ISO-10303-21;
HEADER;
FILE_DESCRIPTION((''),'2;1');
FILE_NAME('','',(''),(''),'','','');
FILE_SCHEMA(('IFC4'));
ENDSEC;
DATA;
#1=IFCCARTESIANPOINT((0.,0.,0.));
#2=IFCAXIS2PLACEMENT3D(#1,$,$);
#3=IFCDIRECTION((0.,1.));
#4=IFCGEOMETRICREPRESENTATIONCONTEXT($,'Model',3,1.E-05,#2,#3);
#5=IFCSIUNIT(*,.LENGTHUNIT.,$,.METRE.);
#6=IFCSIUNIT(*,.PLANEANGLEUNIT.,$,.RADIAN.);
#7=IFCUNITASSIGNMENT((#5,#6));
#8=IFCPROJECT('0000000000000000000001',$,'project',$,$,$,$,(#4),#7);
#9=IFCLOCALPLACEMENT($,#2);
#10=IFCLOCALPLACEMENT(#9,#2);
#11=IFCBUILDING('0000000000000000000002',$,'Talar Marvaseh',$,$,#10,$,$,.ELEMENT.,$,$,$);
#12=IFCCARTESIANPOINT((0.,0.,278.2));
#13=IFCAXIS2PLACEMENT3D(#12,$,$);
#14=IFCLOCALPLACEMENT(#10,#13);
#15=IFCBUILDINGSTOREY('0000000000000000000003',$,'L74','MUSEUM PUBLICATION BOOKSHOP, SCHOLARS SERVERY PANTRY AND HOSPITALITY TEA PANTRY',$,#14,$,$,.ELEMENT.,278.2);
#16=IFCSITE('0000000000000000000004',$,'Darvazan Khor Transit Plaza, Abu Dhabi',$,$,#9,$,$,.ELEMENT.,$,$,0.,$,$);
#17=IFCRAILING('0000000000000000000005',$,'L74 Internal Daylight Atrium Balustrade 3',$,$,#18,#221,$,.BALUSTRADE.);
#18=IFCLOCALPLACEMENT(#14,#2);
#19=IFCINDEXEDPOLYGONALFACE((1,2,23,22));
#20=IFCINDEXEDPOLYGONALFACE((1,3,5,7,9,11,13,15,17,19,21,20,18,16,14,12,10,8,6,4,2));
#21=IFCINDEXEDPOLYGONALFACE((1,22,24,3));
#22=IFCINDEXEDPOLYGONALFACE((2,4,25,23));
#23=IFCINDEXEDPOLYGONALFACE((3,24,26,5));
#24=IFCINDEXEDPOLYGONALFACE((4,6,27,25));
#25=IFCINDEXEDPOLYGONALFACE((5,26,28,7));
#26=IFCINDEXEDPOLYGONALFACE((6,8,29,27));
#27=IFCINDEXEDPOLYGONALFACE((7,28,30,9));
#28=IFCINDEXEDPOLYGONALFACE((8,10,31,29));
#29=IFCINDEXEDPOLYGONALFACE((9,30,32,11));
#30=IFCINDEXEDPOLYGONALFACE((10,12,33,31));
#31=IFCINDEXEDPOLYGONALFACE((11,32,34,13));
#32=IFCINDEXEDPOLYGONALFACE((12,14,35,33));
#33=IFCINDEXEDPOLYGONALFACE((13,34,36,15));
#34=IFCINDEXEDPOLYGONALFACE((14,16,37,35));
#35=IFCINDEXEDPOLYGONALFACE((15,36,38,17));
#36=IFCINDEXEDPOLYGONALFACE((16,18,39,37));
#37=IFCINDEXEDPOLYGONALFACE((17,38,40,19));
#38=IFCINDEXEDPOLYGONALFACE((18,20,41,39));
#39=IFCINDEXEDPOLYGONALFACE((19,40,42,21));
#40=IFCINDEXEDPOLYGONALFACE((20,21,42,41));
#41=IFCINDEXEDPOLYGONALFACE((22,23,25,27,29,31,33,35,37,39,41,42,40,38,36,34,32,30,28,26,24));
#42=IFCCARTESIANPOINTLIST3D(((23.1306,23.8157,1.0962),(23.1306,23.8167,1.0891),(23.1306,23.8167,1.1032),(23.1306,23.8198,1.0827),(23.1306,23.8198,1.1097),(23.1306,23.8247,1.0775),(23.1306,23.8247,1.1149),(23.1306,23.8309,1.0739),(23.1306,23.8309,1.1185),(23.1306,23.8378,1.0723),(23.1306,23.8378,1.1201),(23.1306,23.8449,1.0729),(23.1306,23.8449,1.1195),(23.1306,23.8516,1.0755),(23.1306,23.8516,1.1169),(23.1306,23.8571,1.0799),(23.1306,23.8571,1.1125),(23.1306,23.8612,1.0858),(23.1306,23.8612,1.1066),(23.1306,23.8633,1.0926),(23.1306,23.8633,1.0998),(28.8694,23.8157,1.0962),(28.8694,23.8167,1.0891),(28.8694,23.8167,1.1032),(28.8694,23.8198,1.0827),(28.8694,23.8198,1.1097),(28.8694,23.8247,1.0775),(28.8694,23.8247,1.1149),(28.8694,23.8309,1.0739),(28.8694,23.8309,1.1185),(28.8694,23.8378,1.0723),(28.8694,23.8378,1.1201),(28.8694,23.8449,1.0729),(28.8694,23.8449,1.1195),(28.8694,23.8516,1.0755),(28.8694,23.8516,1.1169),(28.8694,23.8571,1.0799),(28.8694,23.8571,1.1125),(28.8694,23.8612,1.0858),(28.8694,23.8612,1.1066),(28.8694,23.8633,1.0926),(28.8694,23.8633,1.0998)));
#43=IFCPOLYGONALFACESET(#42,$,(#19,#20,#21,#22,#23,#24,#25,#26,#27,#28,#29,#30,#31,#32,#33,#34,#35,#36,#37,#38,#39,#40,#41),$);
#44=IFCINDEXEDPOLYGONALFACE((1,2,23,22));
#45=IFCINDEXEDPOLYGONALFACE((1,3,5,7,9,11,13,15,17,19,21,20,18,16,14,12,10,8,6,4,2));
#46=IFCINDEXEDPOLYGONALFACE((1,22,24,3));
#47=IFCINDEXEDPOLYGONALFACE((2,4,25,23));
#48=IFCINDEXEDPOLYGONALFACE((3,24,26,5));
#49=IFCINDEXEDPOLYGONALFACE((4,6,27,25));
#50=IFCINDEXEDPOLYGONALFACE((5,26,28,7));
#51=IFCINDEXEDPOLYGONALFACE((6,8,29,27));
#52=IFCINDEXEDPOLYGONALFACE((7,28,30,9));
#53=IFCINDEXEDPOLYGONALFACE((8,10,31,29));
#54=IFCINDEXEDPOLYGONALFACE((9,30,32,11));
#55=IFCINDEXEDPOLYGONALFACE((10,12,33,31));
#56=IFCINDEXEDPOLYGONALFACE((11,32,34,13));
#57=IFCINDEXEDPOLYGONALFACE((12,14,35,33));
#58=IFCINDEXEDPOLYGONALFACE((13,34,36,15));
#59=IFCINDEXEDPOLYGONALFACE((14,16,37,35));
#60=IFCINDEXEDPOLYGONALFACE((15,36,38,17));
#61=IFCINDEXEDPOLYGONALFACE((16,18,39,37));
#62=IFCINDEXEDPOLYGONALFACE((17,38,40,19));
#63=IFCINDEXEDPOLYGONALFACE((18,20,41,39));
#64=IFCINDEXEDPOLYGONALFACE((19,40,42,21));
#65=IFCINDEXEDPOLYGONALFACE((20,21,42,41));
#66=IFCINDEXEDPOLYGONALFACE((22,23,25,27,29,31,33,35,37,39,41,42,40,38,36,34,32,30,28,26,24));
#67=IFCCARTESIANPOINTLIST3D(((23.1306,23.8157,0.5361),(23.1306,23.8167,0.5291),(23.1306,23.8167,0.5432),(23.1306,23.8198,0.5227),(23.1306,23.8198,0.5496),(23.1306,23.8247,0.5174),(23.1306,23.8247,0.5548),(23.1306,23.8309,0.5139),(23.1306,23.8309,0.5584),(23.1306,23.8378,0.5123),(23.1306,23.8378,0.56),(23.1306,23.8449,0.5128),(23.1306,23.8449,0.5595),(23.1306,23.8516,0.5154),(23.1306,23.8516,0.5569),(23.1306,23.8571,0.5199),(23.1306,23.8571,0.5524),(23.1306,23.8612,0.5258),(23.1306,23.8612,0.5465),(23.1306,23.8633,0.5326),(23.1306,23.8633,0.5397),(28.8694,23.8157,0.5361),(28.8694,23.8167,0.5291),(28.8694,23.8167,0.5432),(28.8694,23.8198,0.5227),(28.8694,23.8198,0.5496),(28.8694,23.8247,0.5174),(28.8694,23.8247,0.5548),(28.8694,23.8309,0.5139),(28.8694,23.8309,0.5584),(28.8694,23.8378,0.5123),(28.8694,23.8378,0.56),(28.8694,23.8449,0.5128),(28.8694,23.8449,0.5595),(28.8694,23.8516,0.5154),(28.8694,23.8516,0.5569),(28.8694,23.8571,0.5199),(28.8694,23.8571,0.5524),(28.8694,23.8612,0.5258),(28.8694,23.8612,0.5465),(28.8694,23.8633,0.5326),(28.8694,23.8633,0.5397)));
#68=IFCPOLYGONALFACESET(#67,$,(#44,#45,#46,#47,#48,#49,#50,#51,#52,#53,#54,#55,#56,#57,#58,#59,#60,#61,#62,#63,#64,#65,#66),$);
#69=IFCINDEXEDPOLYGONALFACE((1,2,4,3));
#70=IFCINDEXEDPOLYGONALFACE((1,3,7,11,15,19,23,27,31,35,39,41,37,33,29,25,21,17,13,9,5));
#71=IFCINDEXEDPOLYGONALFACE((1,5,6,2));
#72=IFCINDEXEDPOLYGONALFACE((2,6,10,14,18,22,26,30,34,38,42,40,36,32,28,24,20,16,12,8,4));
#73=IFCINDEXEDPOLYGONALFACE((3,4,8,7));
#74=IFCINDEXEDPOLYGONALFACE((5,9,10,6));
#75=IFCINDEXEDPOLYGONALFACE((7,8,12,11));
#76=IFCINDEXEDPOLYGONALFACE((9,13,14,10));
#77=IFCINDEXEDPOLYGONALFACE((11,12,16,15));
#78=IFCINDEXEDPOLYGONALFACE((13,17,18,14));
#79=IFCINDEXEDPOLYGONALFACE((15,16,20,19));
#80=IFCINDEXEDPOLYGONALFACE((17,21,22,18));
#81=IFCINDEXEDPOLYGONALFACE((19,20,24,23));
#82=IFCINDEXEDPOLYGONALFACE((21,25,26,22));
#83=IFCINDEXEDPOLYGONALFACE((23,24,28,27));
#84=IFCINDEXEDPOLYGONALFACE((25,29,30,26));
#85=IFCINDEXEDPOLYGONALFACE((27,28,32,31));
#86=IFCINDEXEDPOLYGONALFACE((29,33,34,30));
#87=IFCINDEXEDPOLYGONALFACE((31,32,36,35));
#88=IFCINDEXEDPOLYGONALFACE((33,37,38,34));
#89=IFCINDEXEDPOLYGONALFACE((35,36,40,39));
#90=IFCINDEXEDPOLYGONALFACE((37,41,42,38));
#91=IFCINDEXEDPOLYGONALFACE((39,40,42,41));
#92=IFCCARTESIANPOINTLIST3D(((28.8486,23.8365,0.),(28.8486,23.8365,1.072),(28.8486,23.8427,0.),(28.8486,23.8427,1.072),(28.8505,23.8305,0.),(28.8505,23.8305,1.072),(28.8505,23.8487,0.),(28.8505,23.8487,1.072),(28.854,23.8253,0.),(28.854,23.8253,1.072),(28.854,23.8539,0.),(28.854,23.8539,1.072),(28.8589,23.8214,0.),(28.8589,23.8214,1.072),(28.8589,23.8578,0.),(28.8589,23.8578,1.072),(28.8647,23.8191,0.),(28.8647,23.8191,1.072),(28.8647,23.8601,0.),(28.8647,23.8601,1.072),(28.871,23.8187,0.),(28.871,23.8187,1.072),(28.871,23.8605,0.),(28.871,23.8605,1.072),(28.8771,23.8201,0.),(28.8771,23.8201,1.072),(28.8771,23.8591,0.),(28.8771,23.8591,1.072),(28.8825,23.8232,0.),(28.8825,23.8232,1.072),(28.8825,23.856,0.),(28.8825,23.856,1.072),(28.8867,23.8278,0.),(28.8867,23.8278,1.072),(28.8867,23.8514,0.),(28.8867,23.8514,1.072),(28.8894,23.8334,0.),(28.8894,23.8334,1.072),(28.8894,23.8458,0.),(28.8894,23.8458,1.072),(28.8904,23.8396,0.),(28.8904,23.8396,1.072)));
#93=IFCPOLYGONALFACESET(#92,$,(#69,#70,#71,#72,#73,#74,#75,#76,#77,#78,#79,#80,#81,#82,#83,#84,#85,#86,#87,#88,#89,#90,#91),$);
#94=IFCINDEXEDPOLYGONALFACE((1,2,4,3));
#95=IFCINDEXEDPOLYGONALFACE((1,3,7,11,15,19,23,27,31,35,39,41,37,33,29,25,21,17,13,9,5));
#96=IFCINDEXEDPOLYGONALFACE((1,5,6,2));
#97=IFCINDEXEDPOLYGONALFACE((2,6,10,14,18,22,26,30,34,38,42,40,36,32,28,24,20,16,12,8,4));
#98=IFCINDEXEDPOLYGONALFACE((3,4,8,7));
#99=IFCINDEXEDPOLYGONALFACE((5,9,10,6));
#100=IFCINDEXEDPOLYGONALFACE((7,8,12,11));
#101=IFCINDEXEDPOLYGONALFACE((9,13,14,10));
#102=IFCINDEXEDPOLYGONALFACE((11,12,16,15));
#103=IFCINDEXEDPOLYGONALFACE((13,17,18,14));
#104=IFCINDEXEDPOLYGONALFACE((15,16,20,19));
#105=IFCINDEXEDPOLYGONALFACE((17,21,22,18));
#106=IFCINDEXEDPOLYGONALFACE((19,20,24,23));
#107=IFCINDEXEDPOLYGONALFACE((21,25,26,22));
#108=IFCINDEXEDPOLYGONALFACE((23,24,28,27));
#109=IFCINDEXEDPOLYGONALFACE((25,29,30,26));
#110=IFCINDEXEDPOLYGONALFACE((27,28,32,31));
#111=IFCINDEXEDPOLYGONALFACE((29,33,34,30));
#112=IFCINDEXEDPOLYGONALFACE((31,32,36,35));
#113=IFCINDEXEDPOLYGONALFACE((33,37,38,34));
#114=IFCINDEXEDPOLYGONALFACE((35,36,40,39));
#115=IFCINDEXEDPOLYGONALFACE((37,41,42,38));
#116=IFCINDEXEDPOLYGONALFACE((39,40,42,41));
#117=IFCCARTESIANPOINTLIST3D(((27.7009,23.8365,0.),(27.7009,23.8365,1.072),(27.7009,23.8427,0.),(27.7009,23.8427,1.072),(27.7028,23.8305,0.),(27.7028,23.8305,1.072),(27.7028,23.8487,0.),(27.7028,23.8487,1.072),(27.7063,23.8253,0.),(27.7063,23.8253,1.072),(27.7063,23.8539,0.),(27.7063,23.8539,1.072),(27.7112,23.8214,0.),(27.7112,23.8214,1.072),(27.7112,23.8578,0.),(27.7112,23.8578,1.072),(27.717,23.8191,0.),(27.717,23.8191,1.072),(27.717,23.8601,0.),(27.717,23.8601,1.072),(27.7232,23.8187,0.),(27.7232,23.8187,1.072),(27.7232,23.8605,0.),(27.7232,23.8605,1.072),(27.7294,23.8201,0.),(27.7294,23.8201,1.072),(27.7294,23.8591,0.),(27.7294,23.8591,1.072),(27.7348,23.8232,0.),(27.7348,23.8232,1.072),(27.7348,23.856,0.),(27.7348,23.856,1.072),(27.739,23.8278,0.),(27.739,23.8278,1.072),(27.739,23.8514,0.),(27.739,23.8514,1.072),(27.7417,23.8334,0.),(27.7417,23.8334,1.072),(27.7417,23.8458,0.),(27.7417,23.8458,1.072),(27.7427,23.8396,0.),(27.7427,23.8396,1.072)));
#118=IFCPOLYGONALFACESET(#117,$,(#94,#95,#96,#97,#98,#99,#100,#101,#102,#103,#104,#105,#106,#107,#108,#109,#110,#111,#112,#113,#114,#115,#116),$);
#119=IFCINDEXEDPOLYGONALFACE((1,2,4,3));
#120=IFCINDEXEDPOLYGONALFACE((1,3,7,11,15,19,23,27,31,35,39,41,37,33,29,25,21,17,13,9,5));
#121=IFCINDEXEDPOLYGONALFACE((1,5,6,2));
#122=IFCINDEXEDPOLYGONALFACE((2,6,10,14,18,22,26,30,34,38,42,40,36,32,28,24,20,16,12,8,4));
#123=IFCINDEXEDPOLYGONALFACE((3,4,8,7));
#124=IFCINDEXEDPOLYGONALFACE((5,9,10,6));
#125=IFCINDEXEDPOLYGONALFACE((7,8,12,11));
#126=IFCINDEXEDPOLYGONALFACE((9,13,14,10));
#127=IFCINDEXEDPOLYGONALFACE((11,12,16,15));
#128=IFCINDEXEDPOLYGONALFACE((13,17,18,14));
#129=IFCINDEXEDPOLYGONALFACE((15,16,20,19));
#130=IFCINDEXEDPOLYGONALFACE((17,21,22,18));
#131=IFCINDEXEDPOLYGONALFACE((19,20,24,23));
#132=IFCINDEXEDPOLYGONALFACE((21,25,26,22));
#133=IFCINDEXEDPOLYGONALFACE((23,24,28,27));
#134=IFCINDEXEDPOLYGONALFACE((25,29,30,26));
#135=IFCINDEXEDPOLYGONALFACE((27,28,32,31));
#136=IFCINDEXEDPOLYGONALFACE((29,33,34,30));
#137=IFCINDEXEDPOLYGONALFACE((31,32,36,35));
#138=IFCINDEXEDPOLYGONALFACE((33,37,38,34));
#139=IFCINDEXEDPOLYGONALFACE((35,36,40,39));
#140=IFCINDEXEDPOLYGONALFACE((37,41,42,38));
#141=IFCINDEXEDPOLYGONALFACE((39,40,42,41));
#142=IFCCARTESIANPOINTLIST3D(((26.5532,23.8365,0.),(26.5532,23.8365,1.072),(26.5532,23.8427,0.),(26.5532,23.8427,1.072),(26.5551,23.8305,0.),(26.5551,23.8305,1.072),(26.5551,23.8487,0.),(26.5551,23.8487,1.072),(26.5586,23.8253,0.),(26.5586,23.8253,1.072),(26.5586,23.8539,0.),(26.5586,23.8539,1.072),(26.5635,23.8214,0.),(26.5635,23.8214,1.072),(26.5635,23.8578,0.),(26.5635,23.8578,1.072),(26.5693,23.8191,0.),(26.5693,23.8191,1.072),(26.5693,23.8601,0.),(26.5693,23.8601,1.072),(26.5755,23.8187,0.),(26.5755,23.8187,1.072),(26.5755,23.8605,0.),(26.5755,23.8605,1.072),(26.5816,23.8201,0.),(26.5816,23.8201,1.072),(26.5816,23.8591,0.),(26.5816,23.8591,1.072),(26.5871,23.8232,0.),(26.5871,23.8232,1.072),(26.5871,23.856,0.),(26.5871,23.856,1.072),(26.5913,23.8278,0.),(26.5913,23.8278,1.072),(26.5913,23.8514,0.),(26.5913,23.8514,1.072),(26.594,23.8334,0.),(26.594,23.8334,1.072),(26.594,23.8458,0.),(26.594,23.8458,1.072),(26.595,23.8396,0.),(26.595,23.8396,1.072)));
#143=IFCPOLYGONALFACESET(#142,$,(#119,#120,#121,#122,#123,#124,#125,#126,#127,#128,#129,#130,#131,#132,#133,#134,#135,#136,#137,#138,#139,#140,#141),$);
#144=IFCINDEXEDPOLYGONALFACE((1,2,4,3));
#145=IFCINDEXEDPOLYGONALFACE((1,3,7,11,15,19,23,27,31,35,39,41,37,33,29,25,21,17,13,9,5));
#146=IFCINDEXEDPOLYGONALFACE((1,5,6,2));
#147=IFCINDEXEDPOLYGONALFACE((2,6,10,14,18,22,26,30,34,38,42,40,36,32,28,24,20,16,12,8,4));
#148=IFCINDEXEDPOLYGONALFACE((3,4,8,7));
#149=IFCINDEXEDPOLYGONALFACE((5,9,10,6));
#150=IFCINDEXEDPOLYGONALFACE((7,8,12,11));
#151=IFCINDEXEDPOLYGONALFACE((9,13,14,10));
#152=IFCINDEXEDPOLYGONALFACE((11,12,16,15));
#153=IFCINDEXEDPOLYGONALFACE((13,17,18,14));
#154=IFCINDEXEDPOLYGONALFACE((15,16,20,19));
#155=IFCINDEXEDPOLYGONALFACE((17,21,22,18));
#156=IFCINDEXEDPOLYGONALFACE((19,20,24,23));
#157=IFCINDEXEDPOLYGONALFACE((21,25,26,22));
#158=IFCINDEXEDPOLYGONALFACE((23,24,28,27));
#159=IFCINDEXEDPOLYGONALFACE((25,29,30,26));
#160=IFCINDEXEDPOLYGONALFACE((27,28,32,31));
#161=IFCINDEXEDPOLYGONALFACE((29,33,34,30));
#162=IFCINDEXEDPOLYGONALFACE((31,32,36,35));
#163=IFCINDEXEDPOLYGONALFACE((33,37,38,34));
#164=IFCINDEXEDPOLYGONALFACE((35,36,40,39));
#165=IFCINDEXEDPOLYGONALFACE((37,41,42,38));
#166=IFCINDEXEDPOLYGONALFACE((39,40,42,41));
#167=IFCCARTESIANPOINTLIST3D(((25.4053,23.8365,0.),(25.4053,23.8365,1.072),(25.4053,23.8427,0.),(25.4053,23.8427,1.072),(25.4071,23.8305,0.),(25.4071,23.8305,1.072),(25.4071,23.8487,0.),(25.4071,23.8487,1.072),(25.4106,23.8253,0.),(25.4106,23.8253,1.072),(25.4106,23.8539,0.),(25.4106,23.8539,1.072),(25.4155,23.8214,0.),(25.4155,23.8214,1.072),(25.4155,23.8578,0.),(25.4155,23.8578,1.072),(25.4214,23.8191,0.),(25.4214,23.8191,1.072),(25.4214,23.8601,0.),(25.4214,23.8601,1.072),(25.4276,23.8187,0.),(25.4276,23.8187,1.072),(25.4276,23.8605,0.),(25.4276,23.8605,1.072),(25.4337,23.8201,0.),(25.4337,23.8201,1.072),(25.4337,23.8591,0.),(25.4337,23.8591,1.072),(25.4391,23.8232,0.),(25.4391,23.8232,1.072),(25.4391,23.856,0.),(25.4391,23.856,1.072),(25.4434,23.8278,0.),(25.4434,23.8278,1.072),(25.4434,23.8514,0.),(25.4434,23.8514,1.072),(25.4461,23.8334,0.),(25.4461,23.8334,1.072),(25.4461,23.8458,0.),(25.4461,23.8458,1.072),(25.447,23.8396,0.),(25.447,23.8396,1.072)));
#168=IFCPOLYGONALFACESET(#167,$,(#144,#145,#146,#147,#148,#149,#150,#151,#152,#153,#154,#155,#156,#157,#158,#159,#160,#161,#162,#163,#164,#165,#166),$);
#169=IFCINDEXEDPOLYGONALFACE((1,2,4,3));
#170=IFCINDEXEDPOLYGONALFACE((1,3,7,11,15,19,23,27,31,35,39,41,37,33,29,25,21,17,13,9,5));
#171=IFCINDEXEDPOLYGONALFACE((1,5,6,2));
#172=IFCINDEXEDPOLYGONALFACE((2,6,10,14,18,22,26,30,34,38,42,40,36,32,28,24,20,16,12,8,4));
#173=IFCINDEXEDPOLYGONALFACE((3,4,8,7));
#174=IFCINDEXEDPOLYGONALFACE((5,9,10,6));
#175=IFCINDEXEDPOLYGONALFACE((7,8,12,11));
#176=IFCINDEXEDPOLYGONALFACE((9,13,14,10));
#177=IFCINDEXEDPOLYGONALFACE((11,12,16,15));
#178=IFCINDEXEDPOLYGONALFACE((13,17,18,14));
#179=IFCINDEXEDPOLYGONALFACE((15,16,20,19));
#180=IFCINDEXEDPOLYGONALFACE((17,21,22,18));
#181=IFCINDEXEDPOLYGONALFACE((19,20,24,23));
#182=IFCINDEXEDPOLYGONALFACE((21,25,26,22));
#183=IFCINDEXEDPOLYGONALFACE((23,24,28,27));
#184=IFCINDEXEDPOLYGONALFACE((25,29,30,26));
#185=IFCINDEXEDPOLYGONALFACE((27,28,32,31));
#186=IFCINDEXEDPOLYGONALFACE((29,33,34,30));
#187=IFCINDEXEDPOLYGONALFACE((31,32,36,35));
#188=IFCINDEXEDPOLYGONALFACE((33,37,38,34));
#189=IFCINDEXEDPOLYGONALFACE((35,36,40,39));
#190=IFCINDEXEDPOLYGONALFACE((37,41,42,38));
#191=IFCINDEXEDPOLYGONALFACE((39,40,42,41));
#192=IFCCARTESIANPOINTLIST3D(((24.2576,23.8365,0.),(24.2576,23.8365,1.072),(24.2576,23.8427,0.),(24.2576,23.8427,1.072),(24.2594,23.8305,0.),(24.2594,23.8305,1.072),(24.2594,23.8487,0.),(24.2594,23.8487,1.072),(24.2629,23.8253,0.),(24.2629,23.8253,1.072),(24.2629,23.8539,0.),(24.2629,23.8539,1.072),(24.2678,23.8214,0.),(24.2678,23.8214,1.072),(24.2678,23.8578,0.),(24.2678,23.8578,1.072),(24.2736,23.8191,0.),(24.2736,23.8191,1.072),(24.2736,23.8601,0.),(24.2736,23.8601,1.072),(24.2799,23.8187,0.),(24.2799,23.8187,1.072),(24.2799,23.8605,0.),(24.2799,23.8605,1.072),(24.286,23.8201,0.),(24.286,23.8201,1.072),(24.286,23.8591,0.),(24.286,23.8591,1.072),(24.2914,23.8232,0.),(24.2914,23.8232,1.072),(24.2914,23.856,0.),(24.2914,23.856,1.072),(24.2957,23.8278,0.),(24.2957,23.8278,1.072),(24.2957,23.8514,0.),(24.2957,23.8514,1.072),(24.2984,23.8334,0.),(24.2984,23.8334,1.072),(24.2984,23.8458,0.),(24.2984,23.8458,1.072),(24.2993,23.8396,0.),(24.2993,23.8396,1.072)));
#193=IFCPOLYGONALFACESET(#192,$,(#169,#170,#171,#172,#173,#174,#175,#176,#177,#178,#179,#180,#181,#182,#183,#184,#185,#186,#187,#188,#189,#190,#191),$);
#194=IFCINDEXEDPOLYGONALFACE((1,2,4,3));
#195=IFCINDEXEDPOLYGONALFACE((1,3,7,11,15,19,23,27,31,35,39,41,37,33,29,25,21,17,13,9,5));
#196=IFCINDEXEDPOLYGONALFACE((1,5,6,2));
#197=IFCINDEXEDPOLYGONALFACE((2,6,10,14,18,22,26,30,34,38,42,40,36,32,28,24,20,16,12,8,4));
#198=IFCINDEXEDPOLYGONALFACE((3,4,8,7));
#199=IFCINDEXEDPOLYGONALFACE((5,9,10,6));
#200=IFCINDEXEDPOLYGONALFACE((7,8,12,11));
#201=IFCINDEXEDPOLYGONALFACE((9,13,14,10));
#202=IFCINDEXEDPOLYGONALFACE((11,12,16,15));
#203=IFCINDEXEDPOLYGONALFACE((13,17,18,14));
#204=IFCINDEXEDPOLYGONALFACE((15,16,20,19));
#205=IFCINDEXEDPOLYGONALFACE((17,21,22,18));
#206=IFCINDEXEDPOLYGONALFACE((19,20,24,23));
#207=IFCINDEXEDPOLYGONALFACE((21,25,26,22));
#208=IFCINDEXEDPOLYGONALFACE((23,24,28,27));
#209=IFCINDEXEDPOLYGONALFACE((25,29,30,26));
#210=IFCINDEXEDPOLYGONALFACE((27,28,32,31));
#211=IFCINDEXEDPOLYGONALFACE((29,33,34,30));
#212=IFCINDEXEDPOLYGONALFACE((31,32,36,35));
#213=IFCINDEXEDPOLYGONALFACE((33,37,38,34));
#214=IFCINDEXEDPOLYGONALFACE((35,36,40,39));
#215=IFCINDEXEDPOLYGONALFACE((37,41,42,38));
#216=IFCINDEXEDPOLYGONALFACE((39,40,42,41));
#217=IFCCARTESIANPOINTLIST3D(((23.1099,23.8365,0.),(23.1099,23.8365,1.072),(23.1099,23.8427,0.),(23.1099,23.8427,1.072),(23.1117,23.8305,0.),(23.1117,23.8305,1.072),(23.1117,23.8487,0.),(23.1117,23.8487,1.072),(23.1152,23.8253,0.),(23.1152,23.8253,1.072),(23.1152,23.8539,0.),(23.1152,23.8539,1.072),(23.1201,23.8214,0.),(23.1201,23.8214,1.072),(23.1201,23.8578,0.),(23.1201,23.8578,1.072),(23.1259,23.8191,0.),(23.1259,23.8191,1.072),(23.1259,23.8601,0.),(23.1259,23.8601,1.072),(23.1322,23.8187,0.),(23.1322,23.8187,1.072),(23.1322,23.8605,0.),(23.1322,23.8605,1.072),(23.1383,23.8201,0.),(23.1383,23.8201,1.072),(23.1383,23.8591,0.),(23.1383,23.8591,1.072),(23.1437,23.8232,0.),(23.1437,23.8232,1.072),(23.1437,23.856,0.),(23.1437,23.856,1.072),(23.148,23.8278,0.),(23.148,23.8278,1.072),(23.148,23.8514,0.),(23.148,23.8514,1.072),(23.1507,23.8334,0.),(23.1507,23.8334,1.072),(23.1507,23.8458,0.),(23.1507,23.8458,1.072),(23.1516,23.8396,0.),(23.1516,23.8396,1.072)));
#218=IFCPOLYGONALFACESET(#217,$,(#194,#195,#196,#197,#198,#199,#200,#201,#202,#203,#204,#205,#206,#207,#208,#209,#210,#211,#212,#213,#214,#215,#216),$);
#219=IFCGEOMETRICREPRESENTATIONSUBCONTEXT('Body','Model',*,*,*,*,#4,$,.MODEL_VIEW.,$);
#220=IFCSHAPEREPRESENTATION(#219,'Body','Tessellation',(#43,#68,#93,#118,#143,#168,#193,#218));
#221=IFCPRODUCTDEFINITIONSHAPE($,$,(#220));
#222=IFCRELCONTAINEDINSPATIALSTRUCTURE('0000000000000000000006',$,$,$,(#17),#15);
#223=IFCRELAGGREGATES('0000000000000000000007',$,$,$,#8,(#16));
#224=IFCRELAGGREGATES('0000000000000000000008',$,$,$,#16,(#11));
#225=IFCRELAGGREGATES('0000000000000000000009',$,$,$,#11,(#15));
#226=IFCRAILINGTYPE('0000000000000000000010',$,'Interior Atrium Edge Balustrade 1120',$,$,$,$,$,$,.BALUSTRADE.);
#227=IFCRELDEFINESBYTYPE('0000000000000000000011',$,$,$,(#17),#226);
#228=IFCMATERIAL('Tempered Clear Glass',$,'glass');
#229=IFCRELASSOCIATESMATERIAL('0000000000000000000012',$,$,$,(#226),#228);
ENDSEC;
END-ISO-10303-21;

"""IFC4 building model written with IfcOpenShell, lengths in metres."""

from ifc_helpers import new_model, si_unit, direction, frame, origin, origin_2d, place, context, subcontext, project, spatial, circle, extrude, material, type_object, element, save


model = new_model("IFC4")

# Units and contexts
model_context = context("Model", 3, precision=1e-05, world=origin(), true_north=direction((0.0, 1.0)))
body_context = subcontext(model_context, "Body", "Model", "MODEL_VIEW")
ifc_project = project(units=[si_unit("LENGTHUNIT", "METRE"), si_unit("PLANEANGLEUNIT", "RADIAN")], contexts=[model_context])

# Site, building, storey
site_placement = place(None, origin())
site = spatial("IfcSite", under=ifc_project, at=site_placement, Name="Darvazan Khor Transit Plaza, Abu Dhabi", CompositionType="ELEMENT", RefElevation=0.0)
building_placement = place(site_placement, origin())
building = spatial("IfcBuilding", under=site, at=building_placement, Name="Talar Marvaseh", CompositionType="ELEMENT")
storey_placement = place(building_placement, frame((0.0, 0.0, 278.2)))
storey = spatial("IfcBuildingStorey", under=building, at=storey_placement, Name="L74", Description="MUSEUM PUBLICATION BOOKSHOP, SCHOLARS SERVERY PANTRY AND HOSPITALITY TEA PANTRY", CompositionType="ELEMENT", Elevation=278.2)

# Railing
ifc_material_1 = material(Name="Tempered Clear Glass", Category="glass")
railing_type = type_object("IfcRailingType", Name="Interior Atrium Edge Balustrade 1120", PredefinedType="BALUSTRADE", material=ifc_material_1)
railing_1_placement = place(storey_placement, frame((28.8694, 23.8396, 0.0)))
element("IfcRailing", 1, at=railing_1_placement, inside=storey, type_object=railing_type, Name="L74 Internal Daylight Atrium Balustrade 3", PredefinedType="BALUSTRADE", context=body_context, shape_type="SweptSolid", body=[
    extrude(circle(Radius=0.0239, at=origin_2d()), frame((0.0, 0.0, 1.0962), z_axis=(-1.0, 0.0, 0.0), x_axis=(0.0, -1.0, 0.0)), (0.0, 0.0, 1.0), 5.7388),
    extrude(circle(Radius=0.0239, at=origin_2d()), frame((0.0, 0.0, 0.5361), z_axis=(-1.0, 0.0, 0.0), x_axis=(0.0, -1.0, 0.0)), (0.0, 0.0, 1.0), 5.7388),
    extrude(circle(Radius=0.021, at=origin_2d()), origin(), (0.0, 0.0, 1.0), 1.072),
    extrude(circle(Radius=0.021, at=origin_2d()), frame((-1.1477, 0.0, 0.0)), (0.0, 0.0, 1.0), 1.072),
    extrude(circle(Radius=0.021, at=origin_2d()), frame((-2.2954, 0.0, 0.0)), (0.0, 0.0, 1.0), 1.072),
    extrude(circle(Radius=0.021, at=origin_2d()), frame((-3.4434, 0.0, 0.0)), (0.0, 0.0, 1.0), 1.072),
    extrude(circle(Radius=0.021, at=origin_2d()), frame((-4.5911, 0.0, 0.0)), (0.0, 0.0, 1.0), 1.072),
    extrude(circle(Radius=0.021, at=origin_2d()), frame((-5.7388, 0.0, 0.0)), (0.0, 0.0, 1.0), 1.072),
])

save(model, "model.ifc")
